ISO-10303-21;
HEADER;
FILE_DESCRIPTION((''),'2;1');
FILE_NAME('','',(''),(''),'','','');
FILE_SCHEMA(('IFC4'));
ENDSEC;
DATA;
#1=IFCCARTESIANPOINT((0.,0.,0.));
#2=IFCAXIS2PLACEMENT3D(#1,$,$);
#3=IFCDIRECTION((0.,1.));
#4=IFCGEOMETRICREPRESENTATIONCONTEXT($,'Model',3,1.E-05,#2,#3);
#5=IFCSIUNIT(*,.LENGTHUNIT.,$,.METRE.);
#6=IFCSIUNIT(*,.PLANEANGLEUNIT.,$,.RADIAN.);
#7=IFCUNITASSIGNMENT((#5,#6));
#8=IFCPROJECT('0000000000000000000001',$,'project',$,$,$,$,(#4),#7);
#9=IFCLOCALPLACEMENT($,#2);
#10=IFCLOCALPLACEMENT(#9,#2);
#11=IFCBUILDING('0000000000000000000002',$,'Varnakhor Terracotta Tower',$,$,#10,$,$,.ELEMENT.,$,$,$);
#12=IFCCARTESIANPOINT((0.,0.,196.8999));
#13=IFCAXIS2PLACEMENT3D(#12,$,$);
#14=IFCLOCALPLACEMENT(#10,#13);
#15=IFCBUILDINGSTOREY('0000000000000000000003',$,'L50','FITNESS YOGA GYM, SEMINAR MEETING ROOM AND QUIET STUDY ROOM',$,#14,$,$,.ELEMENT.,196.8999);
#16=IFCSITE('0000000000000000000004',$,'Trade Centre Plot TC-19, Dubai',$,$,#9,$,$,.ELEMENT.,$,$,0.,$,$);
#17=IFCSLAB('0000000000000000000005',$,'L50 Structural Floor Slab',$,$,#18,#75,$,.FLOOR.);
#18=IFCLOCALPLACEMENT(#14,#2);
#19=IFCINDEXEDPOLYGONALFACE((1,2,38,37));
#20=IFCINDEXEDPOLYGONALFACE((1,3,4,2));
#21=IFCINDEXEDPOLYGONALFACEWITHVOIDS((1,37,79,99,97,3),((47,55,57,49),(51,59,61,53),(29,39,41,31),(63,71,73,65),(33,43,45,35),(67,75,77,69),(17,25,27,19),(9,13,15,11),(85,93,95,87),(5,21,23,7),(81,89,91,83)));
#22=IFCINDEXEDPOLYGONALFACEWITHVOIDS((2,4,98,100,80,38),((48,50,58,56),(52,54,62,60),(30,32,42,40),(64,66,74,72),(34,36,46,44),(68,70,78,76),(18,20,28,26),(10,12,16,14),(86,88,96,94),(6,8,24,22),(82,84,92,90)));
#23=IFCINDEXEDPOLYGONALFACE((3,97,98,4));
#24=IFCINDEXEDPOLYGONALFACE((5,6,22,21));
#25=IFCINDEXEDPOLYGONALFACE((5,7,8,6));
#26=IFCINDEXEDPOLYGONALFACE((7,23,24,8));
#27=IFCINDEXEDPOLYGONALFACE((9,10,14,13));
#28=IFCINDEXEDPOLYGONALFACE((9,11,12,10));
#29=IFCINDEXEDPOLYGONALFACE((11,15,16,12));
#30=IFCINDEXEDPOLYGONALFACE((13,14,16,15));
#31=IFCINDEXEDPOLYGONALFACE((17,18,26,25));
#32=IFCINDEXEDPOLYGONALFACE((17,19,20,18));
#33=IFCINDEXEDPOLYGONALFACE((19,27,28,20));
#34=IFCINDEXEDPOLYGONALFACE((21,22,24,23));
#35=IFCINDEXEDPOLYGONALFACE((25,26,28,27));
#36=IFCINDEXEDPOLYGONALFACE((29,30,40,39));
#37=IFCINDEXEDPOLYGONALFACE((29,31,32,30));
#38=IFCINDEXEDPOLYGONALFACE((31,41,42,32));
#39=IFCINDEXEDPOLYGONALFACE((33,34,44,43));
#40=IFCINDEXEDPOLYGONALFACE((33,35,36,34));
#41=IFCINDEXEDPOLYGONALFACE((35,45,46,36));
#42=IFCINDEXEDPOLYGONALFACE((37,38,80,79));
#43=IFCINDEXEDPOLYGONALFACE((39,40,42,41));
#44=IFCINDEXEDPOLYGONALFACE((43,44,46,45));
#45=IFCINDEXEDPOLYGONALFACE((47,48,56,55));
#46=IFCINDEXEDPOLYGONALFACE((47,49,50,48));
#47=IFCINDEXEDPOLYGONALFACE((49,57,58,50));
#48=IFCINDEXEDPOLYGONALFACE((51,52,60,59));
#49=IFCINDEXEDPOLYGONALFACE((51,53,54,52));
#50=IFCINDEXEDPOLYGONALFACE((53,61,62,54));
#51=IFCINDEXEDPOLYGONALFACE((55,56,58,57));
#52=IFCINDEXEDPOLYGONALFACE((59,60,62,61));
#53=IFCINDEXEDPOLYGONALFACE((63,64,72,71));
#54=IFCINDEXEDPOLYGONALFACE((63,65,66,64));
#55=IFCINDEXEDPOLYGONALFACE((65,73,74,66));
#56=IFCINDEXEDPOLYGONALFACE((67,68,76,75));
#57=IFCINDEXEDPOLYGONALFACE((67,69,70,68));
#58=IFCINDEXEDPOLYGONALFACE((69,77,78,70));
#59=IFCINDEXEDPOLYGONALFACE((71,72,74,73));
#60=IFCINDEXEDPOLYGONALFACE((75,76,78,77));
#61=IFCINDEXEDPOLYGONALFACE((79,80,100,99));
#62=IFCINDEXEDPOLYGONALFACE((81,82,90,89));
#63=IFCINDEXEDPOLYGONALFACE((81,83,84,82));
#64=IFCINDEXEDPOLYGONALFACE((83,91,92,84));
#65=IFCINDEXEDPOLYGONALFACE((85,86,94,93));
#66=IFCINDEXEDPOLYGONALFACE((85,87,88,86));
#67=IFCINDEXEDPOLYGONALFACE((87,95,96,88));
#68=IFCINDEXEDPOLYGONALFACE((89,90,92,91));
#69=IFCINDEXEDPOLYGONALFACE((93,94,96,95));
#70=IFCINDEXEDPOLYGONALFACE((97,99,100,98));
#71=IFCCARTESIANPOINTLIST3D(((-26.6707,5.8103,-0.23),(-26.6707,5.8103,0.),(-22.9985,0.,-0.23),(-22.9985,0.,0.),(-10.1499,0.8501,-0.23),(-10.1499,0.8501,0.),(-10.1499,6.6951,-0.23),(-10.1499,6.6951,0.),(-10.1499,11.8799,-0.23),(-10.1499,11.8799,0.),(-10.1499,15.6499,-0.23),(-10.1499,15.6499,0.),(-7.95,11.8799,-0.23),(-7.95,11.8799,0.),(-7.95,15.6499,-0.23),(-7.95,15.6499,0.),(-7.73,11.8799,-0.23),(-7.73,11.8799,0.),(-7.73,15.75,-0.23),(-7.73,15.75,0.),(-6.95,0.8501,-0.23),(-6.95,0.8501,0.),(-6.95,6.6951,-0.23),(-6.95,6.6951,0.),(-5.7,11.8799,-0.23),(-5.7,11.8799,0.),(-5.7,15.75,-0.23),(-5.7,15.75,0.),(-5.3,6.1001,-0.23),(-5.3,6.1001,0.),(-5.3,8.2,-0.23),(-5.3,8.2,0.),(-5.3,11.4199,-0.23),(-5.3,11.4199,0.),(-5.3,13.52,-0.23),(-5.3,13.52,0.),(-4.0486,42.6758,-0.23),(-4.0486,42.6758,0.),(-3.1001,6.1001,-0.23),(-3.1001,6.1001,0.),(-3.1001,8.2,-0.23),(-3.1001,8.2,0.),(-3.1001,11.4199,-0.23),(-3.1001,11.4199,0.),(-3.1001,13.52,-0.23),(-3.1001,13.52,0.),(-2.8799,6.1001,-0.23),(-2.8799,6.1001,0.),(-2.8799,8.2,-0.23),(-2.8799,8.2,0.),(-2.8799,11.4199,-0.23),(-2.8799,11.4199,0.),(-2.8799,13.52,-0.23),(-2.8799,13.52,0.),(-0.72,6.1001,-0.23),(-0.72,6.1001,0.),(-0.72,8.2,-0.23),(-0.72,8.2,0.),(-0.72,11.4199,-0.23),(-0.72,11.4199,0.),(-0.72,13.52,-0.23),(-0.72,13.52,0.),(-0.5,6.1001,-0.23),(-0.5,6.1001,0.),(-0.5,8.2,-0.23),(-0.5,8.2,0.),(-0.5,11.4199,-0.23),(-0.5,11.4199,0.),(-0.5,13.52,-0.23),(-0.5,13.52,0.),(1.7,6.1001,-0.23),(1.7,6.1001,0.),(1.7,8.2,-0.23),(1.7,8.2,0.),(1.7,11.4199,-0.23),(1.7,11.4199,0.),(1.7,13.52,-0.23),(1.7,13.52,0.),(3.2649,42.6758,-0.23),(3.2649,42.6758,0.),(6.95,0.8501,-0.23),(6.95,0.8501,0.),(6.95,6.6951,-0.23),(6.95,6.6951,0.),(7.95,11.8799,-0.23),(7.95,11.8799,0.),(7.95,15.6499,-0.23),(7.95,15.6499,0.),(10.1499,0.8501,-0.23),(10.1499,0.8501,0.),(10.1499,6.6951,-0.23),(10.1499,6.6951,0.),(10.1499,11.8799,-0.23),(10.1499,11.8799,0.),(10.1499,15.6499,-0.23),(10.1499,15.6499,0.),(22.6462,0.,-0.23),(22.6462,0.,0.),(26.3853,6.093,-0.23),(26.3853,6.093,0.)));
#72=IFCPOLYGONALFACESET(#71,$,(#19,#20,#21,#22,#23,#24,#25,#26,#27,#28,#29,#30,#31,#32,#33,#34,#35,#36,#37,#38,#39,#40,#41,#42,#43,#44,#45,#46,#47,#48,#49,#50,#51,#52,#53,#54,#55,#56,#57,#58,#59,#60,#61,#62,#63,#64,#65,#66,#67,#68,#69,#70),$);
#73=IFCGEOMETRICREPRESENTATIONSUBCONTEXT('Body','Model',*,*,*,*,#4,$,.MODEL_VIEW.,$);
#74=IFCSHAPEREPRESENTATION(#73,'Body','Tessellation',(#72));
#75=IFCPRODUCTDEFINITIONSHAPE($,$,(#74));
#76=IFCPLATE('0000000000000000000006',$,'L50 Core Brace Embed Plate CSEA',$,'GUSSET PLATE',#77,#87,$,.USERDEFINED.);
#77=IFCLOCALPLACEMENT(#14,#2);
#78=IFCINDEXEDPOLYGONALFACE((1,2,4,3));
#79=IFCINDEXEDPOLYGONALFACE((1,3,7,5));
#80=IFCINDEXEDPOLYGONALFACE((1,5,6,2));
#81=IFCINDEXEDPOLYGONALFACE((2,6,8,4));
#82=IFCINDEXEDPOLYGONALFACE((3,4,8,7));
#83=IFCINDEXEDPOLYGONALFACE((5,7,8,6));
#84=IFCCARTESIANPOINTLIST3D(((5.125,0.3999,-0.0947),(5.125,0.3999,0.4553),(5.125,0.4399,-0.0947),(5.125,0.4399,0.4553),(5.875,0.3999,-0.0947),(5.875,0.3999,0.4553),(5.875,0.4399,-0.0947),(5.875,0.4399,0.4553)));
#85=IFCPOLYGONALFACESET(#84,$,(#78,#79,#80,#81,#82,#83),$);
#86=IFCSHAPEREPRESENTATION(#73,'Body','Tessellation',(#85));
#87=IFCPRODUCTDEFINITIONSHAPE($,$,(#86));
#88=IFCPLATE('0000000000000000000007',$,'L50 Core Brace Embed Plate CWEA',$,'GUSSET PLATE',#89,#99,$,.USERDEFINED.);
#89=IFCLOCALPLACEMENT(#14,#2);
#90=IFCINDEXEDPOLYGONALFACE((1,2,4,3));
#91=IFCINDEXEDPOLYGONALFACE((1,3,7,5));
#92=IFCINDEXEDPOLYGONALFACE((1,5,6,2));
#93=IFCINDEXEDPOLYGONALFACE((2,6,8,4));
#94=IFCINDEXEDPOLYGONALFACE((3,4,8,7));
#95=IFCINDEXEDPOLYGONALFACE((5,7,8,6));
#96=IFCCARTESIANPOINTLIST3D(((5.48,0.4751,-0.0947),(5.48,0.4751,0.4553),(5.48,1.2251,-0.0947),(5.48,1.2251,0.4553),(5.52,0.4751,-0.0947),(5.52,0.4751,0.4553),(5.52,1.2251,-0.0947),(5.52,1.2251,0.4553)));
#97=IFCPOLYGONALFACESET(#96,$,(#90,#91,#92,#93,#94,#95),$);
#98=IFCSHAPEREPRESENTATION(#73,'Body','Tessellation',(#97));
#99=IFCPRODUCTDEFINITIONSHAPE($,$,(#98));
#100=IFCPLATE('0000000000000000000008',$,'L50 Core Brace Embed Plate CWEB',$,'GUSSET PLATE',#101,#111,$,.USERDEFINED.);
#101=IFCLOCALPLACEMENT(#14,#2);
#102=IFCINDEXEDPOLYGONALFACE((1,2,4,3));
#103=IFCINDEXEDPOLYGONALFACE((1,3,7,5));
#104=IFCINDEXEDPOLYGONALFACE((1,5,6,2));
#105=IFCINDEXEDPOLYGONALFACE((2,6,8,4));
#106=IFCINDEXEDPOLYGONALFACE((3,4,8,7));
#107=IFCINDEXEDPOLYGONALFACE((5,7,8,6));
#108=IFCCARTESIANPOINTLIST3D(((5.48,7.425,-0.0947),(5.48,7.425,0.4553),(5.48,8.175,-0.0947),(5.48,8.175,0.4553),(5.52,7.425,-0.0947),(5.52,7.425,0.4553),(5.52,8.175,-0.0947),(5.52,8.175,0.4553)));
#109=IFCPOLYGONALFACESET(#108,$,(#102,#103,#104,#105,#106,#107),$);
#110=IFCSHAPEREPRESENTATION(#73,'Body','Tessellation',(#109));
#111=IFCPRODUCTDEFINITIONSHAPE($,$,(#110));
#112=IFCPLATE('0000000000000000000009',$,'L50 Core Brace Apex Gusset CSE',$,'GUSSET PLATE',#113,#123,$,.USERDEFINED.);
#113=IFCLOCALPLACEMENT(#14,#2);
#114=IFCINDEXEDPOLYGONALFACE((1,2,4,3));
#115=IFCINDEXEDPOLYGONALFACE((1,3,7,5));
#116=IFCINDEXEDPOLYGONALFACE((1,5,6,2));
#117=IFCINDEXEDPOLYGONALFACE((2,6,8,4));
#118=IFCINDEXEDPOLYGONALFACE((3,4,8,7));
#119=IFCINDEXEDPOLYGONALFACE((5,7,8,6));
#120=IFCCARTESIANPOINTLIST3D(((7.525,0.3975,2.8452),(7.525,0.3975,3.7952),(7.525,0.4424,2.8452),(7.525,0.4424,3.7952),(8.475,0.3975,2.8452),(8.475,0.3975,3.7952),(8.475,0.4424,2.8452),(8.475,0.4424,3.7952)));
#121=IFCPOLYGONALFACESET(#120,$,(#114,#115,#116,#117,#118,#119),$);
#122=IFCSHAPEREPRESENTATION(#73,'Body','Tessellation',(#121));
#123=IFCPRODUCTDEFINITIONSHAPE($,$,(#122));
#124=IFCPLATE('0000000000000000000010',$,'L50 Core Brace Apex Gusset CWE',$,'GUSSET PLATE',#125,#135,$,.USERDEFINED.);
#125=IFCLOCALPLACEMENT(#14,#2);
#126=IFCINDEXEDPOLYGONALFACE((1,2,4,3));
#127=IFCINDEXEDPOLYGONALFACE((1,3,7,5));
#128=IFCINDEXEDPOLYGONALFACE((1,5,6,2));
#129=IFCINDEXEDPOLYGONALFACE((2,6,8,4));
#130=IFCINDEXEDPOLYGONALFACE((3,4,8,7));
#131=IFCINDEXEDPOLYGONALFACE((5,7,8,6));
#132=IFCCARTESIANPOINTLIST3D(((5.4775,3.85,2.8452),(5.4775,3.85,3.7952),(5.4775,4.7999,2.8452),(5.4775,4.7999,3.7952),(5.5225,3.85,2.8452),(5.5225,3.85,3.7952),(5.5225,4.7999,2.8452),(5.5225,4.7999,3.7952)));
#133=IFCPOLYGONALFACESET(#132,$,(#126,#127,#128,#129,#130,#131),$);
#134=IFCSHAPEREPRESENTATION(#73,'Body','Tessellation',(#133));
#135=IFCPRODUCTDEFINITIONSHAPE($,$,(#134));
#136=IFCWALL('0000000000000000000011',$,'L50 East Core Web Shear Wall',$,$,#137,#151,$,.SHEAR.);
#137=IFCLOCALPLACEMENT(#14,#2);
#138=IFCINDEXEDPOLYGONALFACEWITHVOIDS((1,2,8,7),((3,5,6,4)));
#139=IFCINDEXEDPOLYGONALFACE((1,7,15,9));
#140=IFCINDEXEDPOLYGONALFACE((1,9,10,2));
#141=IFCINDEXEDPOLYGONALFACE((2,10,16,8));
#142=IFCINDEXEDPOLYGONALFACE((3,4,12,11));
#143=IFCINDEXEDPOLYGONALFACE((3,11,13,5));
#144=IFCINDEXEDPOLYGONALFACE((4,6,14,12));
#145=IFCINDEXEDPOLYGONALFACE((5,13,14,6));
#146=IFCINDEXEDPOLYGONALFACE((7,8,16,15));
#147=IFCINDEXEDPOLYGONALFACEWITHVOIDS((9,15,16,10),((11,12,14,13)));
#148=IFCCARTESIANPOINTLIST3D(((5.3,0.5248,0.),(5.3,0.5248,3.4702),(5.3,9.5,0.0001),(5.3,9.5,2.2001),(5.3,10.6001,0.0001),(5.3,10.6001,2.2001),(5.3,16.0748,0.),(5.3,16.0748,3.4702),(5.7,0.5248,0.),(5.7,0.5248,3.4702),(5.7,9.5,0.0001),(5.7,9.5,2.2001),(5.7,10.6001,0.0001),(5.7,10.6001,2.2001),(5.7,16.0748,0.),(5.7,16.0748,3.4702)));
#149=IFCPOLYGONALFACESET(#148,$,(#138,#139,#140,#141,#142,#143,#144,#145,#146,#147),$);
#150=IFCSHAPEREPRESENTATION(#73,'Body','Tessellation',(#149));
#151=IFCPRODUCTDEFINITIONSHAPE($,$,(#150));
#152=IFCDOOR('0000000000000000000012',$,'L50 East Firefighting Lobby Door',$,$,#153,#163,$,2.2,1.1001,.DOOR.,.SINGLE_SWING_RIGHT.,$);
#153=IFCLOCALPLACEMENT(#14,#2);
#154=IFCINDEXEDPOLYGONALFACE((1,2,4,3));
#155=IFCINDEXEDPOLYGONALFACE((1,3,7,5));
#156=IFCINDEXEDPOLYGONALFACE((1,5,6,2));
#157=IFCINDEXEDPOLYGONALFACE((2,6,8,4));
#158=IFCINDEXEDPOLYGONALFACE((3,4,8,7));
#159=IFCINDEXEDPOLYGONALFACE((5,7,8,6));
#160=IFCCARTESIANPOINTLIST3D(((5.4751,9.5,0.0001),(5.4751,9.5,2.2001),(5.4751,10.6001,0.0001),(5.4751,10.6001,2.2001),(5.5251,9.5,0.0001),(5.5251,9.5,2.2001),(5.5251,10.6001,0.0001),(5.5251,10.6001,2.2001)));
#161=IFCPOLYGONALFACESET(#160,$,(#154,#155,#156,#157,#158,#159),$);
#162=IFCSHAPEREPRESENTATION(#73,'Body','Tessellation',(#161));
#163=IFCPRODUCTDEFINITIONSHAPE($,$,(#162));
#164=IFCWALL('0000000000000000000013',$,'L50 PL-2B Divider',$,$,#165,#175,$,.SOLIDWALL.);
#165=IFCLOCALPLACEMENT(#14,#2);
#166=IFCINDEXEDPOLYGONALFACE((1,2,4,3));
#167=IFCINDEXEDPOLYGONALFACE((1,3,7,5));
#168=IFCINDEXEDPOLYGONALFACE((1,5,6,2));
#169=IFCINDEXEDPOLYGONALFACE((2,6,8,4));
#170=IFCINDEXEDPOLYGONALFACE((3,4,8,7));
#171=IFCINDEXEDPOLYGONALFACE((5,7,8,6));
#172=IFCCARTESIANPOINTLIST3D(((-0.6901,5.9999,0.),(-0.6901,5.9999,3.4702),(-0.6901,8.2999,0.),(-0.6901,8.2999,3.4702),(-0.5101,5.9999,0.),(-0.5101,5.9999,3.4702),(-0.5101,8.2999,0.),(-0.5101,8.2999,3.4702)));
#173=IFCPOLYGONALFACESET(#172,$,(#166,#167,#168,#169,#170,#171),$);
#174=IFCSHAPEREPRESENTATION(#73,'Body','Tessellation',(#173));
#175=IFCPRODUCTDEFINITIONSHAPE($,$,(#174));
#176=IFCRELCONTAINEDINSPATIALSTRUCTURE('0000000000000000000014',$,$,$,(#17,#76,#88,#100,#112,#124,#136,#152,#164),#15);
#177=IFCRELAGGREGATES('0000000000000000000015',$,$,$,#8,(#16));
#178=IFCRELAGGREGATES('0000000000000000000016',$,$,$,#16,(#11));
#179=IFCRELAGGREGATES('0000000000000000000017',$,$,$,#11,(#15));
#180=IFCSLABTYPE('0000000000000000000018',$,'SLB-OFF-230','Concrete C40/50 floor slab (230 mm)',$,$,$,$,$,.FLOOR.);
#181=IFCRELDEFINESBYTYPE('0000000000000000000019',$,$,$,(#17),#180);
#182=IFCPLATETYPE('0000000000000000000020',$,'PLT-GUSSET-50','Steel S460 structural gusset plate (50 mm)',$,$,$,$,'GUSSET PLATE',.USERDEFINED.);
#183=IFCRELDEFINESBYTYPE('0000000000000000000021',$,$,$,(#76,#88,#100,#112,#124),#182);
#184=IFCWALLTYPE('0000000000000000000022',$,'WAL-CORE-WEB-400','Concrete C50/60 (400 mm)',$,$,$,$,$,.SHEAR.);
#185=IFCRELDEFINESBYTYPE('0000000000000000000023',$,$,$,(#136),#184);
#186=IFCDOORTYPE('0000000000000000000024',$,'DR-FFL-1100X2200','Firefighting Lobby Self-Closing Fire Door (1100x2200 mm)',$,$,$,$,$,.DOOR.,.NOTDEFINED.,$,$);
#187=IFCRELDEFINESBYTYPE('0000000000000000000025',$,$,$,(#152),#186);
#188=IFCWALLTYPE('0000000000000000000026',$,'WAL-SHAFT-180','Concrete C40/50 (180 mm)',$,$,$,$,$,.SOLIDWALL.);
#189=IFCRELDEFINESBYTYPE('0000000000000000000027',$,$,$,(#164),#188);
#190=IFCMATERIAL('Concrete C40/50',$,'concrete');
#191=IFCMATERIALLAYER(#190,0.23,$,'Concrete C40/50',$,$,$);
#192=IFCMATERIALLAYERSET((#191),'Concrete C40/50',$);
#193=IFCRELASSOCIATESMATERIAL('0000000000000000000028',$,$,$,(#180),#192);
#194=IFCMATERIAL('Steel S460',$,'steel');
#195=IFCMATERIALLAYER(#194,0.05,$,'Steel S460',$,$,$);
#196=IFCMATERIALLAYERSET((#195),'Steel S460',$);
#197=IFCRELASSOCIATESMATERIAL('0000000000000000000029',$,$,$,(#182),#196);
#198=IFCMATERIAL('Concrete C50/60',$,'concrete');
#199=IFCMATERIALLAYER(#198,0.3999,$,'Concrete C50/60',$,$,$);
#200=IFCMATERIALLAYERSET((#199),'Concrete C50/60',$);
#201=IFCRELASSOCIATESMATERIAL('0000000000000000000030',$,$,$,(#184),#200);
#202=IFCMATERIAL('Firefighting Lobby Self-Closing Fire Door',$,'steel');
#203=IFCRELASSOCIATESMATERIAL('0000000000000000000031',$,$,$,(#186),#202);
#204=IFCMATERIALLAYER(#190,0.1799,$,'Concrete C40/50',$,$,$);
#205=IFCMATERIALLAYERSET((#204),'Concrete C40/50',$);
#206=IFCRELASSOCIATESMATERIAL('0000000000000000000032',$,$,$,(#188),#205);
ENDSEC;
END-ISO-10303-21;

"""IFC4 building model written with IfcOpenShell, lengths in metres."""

from ifc_helpers import new_model, si_unit, direction, frame, frame_2d, origin, origin_2d, place, context, subcontext, project, spatial, polyline, rectangle, outline, extrude, source, transform, mapped, material, layer, layer_set, type_object, type_shapes, element, fill, save


model = new_model("IFC4")

# Units and contexts
model_context = context("Model", 3, precision=1e-05, world=origin(), true_north=direction((0.0, 1.0)))
body_context = subcontext(model_context, "Body", "Model", "MODEL_VIEW")
ifc_project = project(units=[si_unit("LENGTHUNIT", "METRE"), si_unit("PLANEANGLEUNIT", "RADIAN")], contexts=[model_context])

# Site, building, storey
site_placement = place(None, origin())
site = spatial("IfcSite", under=ifc_project, at=site_placement, Name="Trade Centre Plot TC-19, Dubai", CompositionType="ELEMENT", RefElevation=0.0)
building_placement = place(site_placement, origin())
building = spatial("IfcBuilding", under=site, at=building_placement, Name="Varnakhor Terracotta Tower", CompositionType="ELEMENT")
storey_placement = place(building_placement, frame((0.0, 0.0, 196.8999)))
storey = spatial("IfcBuildingStorey", under=building, at=storey_placement, Name="L50", Description="FITNESS YOGA GYM, SEMINAR MEETING ROOM AND QUIET STUDY ROOM", CompositionType="ELEMENT", Elevation=196.8999)

# Shared definitions
ifc_material_1 = material(Name="Concrete C50/60", Category="concrete")

# Shared definitions
ifc_material_2 = material(Name="Steel S460", Category="steel")

# Shared definitions
ifc_material_3 = material(Name="Concrete C40/50", Category="concrete")

# Slab
ifc_layer_1 = layer(ifc_material_3, 0.23, Name="Concrete C40/50")
ifc_layer_set_1 = layer_set([ifc_layer_1], Name="Concrete C40/50")
slab_type_1 = type_object("IfcSlabType", Name="SLB-OFF-230", Description="Concrete C40/50 floor slab (230 mm)", PredefinedType="FLOOR", material=ifc_layer_set_1)
slab_1_placement = place(storey_placement, frame((0.0, 0.0, -0.23)))
element("IfcSlab", 1, at=slab_1_placement, inside=storey, type_object=slab_type_1, Name="L50 Structural Floor Slab", PredefinedType="FLOOR", context=body_context, shape_type="SweptSolid", body=[
    extrude(outline(polyline([(-26.6707, 5.8103), (-4.0486, 42.6758), (3.2649, 42.6758), (26.3853, 6.093), (22.6462, 0.0), (-22.9985, 0.0), (-26.6707, 5.8103)]), holes=[polyline([(-6.95, 0.8501), (-6.95, 6.6951), (-10.1499, 6.6951), (-10.1499, 0.8501), (-6.95, 0.8501)]), polyline([(-3.1001, 6.1001), (-3.1001, 8.2), (-5.3, 8.2), (-5.3, 6.1001), (-3.1001, 6.1001)]), polyline([(-0.72, 6.1001), (-0.72, 8.2), (-2.8799, 8.2), (-2.8799, 6.1001), (-0.72, 6.1001)]), polyline([(-5.3, 11.4199), (-3.1001, 11.4199), (-3.1001, 13.52), (-5.3, 13.52), (-5.3, 11.4199)]), polyline([(-10.1499, 11.8799), (-7.95, 11.8799), (-7.95, 15.6499), (-10.1499, 15.6499), (-10.1499, 11.8799)]), polyline([(-5.7, 11.8799), (-5.7, 15.75), (-7.73, 15.75), (-7.73, 11.8799), (-5.7, 11.8799)]), polyline([(6.95, 0.8501), (10.1499, 0.8501), (10.1499, 6.6951), (6.95, 6.6951), (6.95, 0.8501)]), polyline([(-0.5, 6.1001), (1.7, 6.1001), (1.7, 8.2), (-0.5, 8.2), (-0.5, 6.1001)]), polyline([(-0.72, 11.4199), (-0.72, 13.52), (-2.8799, 13.52), (-2.8799, 11.4199), (-0.72, 11.4199)]), polyline([(-0.5, 11.4199), (1.7, 11.4199), (1.7, 13.52), (-0.5, 13.52), (-0.5, 11.4199)]), polyline([(7.95, 11.8799), (10.1499, 11.8799), (10.1499, 15.6499), (7.95, 15.6499), (7.95, 11.8799)])]), origin(), (0.0, 0.0, 1.0), 0.23),
])

# Plates
ifc_layer_2 = layer(ifc_material_2, 0.05, Name="Steel S460")
ifc_layer_set_2 = layer_set([ifc_layer_2], Name="Steel S460")
plate_type = type_object("IfcPlateType", Name="PLT-GUSSET-50", Description="Steel S460 structural gusset plate (50 mm)", ElementType="GUSSET PLATE", PredefinedType="USERDEFINED", material=ifc_layer_set_2)
shared_shape_1 = source(origin(), body_context, "Body", "SweptSolid", [
    extrude(rectangle(XDim=0.75, YDim=0.04, at=origin_2d()), origin(), (0.0, 0.0, 1.0), 0.55),
])
type_shapes(plate_type, [shared_shape_1])
for number, where, z_axis, x_axis, name in (
    (2, (5.5, 0.4199, -0.0947), (0.0, 0.0, 1.0), (1.0, 0.0, 0.0), "L50 Core Brace Embed Plate CSEA"),
    (3, (5.5, 0.8501, -0.0947), (0.0, 0.0, 1.0), (0.0, 1.0, 0.0), "L50 Core Brace Embed Plate CWEA"),
    (4, (5.5, 7.8, -0.0947), (0.0, 0.0, 1.0), (0.0, 1.0, 0.0), "L50 Core Brace Embed Plate CWEB"),
):
    element("IfcPlate", number, at=place(storey_placement, frame(where, z_axis=z_axis, x_axis=x_axis)), inside=storey, type_object=plate_type, Name=name, ObjectType="GUSSET PLATE", PredefinedType="USERDEFINED", context=body_context, shape_type="MappedRepresentation", body=[
        mapped(shared_shape_1, transform((0.0, 0.0, 0.0), scale=1.0)),
    ])
shared_shape_2 = source(origin(), body_context, "Body", "SweptSolid", [
    extrude(rectangle(XDim=0.95, YDim=0.0449, at=origin_2d()), origin(), (0.0, 0.0, 1.0), 0.95),
])
for number, where, z_axis, x_axis, name in (
    (5, (8.0, 0.4199, 2.8452), (0.0, 0.0, 1.0), (1.0, 0.0, 0.0), "L50 Core Brace Apex Gusset CSE"),
    (6, (5.5, 4.325, 2.8452), (0.0, 0.0, 1.0), (0.0, 1.0, 0.0), "L50 Core Brace Apex Gusset CWE"),
):
    element("IfcPlate", number, at=place(storey_placement, frame(where, z_axis=z_axis, x_axis=x_axis)), inside=storey, type_object=plate_type, Name=name, ObjectType="GUSSET PLATE", PredefinedType="USERDEFINED", context=body_context, shape_type="MappedRepresentation", body=[
        mapped(shared_shape_2, transform((0.0, 0.0, 0.0), scale=1.0)),
    ])

# Wall, opening, door
ifc_layer_3 = layer(ifc_material_1, 0.3999, Name="Concrete C50/60")
ifc_layer_set_3 = layer_set([ifc_layer_3], Name="Concrete C50/60")
wall_type_1 = type_object("IfcWallType", Name="WAL-CORE-WEB-400", Description="Concrete C50/60 (400 mm)", PredefinedType="SHEAR", material=ifc_layer_set_3)
wall_1_placement = place(storey_placement, frame((5.5, 0.5249, 0.0), z_axis=(0.0, 0.0, 1.0), x_axis=(0.0, 1.0, 0.0)))
wall_1 = element("IfcWall", 7, at=wall_1_placement, inside=storey, type_object=wall_type_1, Name="L50 East Core Web Shear Wall", PredefinedType="SHEAR", context=body_context, shape_type="SweptSolid", body=[
    extrude(rectangle(XDim=15.55, YDim=0.3999, at=frame_2d((7.7749, 0.0))), origin(), (0.0, 0.0, 1.0), 3.4702),
])
opening_1_placement = place(wall_1_placement, frame((8.9751, 0.0, 0.0)))
opening_1 = element("IfcOpeningElement", 8, at=opening_1_placement, cuts=wall_1, PredefinedType="OPENING", context=body_context, shape_type="SweptSolid", body=[
    extrude(rectangle(XDim=1.1001, YDim=2.2, at=frame_2d((0.55, 1.1001))), frame((0.0, 0.21, 0.0), z_axis=(0.0, -1.0, 0.0), x_axis=(1.0, 0.0, 0.0)), (0.0, 0.0, 1.0), 0.4199),
])
ifc_material_4 = material(Name="Firefighting Lobby Self-Closing Fire Door", Category="steel")
door_type_1 = type_object("IfcDoorType", Name="DR-FFL-1100X2200", Description="Firefighting Lobby Self-Closing Fire Door (1100x2200 mm)", OperationType="NOTDEFINED", PredefinedType="DOOR", material=ifc_material_4)
shared_shape_3 = source(origin(), body_context, "Body", "SweptSolid", [
    extrude(rectangle(XDim=1.1001, YDim=2.2, at=frame_2d((0.55, 1.1001))), frame((0.0, 0.0249, 0.0), z_axis=(0.0, -1.0, 0.0), x_axis=(1.0, 0.0, 0.0)), (0.0, 0.0, 1.0), 0.05),
])
type_shapes(door_type_1, [shared_shape_3])
door_1_placement = place(opening_1_placement, origin())
door_1 = element("IfcDoor", 9, at=door_1_placement, inside=storey, type_object=door_type_1, Name="L50 East Firefighting Lobby Door", OperationType="SINGLE_SWING_RIGHT", OverallHeight=2.2, OverallWidth=1.1001, PredefinedType="DOOR", context=body_context, shape_type="MappedRepresentation", body=[
    mapped(shared_shape_3, transform((0.0, 0.0, 0.0), scale=1.0)),
])
fill(opening_1, door_1)

# Wall
ifc_layer_4 = layer(ifc_material_3, 0.1799, Name="Concrete C40/50")
ifc_layer_set_4 = layer_set([ifc_layer_4], Name="Concrete C40/50")
wall_type_2 = type_object("IfcWallType", Name="WAL-SHAFT-180", Description="Concrete C40/50 (180 mm)", PredefinedType="SOLIDWALL", material=ifc_layer_set_4)
wall_2_placement = place(storey_placement, frame((-0.6001, 6.0, 0.0), z_axis=(0.0, 0.0, 1.0), x_axis=(0.0, 1.0, 0.0)))
element("IfcWall", 10, at=wall_2_placement, inside=storey, type_object=wall_type_2, Name="L50 PL-2B Divider", PredefinedType="SOLIDWALL", context=body_context, shape_type="SweptSolid", body=[
    extrude(rectangle(XDim=2.3, YDim=0.1799, at=frame_2d((1.1499, 0.0))), origin(), (0.0, 0.0, 1.0), 3.4702),
])

save(model, "model.ifc")
